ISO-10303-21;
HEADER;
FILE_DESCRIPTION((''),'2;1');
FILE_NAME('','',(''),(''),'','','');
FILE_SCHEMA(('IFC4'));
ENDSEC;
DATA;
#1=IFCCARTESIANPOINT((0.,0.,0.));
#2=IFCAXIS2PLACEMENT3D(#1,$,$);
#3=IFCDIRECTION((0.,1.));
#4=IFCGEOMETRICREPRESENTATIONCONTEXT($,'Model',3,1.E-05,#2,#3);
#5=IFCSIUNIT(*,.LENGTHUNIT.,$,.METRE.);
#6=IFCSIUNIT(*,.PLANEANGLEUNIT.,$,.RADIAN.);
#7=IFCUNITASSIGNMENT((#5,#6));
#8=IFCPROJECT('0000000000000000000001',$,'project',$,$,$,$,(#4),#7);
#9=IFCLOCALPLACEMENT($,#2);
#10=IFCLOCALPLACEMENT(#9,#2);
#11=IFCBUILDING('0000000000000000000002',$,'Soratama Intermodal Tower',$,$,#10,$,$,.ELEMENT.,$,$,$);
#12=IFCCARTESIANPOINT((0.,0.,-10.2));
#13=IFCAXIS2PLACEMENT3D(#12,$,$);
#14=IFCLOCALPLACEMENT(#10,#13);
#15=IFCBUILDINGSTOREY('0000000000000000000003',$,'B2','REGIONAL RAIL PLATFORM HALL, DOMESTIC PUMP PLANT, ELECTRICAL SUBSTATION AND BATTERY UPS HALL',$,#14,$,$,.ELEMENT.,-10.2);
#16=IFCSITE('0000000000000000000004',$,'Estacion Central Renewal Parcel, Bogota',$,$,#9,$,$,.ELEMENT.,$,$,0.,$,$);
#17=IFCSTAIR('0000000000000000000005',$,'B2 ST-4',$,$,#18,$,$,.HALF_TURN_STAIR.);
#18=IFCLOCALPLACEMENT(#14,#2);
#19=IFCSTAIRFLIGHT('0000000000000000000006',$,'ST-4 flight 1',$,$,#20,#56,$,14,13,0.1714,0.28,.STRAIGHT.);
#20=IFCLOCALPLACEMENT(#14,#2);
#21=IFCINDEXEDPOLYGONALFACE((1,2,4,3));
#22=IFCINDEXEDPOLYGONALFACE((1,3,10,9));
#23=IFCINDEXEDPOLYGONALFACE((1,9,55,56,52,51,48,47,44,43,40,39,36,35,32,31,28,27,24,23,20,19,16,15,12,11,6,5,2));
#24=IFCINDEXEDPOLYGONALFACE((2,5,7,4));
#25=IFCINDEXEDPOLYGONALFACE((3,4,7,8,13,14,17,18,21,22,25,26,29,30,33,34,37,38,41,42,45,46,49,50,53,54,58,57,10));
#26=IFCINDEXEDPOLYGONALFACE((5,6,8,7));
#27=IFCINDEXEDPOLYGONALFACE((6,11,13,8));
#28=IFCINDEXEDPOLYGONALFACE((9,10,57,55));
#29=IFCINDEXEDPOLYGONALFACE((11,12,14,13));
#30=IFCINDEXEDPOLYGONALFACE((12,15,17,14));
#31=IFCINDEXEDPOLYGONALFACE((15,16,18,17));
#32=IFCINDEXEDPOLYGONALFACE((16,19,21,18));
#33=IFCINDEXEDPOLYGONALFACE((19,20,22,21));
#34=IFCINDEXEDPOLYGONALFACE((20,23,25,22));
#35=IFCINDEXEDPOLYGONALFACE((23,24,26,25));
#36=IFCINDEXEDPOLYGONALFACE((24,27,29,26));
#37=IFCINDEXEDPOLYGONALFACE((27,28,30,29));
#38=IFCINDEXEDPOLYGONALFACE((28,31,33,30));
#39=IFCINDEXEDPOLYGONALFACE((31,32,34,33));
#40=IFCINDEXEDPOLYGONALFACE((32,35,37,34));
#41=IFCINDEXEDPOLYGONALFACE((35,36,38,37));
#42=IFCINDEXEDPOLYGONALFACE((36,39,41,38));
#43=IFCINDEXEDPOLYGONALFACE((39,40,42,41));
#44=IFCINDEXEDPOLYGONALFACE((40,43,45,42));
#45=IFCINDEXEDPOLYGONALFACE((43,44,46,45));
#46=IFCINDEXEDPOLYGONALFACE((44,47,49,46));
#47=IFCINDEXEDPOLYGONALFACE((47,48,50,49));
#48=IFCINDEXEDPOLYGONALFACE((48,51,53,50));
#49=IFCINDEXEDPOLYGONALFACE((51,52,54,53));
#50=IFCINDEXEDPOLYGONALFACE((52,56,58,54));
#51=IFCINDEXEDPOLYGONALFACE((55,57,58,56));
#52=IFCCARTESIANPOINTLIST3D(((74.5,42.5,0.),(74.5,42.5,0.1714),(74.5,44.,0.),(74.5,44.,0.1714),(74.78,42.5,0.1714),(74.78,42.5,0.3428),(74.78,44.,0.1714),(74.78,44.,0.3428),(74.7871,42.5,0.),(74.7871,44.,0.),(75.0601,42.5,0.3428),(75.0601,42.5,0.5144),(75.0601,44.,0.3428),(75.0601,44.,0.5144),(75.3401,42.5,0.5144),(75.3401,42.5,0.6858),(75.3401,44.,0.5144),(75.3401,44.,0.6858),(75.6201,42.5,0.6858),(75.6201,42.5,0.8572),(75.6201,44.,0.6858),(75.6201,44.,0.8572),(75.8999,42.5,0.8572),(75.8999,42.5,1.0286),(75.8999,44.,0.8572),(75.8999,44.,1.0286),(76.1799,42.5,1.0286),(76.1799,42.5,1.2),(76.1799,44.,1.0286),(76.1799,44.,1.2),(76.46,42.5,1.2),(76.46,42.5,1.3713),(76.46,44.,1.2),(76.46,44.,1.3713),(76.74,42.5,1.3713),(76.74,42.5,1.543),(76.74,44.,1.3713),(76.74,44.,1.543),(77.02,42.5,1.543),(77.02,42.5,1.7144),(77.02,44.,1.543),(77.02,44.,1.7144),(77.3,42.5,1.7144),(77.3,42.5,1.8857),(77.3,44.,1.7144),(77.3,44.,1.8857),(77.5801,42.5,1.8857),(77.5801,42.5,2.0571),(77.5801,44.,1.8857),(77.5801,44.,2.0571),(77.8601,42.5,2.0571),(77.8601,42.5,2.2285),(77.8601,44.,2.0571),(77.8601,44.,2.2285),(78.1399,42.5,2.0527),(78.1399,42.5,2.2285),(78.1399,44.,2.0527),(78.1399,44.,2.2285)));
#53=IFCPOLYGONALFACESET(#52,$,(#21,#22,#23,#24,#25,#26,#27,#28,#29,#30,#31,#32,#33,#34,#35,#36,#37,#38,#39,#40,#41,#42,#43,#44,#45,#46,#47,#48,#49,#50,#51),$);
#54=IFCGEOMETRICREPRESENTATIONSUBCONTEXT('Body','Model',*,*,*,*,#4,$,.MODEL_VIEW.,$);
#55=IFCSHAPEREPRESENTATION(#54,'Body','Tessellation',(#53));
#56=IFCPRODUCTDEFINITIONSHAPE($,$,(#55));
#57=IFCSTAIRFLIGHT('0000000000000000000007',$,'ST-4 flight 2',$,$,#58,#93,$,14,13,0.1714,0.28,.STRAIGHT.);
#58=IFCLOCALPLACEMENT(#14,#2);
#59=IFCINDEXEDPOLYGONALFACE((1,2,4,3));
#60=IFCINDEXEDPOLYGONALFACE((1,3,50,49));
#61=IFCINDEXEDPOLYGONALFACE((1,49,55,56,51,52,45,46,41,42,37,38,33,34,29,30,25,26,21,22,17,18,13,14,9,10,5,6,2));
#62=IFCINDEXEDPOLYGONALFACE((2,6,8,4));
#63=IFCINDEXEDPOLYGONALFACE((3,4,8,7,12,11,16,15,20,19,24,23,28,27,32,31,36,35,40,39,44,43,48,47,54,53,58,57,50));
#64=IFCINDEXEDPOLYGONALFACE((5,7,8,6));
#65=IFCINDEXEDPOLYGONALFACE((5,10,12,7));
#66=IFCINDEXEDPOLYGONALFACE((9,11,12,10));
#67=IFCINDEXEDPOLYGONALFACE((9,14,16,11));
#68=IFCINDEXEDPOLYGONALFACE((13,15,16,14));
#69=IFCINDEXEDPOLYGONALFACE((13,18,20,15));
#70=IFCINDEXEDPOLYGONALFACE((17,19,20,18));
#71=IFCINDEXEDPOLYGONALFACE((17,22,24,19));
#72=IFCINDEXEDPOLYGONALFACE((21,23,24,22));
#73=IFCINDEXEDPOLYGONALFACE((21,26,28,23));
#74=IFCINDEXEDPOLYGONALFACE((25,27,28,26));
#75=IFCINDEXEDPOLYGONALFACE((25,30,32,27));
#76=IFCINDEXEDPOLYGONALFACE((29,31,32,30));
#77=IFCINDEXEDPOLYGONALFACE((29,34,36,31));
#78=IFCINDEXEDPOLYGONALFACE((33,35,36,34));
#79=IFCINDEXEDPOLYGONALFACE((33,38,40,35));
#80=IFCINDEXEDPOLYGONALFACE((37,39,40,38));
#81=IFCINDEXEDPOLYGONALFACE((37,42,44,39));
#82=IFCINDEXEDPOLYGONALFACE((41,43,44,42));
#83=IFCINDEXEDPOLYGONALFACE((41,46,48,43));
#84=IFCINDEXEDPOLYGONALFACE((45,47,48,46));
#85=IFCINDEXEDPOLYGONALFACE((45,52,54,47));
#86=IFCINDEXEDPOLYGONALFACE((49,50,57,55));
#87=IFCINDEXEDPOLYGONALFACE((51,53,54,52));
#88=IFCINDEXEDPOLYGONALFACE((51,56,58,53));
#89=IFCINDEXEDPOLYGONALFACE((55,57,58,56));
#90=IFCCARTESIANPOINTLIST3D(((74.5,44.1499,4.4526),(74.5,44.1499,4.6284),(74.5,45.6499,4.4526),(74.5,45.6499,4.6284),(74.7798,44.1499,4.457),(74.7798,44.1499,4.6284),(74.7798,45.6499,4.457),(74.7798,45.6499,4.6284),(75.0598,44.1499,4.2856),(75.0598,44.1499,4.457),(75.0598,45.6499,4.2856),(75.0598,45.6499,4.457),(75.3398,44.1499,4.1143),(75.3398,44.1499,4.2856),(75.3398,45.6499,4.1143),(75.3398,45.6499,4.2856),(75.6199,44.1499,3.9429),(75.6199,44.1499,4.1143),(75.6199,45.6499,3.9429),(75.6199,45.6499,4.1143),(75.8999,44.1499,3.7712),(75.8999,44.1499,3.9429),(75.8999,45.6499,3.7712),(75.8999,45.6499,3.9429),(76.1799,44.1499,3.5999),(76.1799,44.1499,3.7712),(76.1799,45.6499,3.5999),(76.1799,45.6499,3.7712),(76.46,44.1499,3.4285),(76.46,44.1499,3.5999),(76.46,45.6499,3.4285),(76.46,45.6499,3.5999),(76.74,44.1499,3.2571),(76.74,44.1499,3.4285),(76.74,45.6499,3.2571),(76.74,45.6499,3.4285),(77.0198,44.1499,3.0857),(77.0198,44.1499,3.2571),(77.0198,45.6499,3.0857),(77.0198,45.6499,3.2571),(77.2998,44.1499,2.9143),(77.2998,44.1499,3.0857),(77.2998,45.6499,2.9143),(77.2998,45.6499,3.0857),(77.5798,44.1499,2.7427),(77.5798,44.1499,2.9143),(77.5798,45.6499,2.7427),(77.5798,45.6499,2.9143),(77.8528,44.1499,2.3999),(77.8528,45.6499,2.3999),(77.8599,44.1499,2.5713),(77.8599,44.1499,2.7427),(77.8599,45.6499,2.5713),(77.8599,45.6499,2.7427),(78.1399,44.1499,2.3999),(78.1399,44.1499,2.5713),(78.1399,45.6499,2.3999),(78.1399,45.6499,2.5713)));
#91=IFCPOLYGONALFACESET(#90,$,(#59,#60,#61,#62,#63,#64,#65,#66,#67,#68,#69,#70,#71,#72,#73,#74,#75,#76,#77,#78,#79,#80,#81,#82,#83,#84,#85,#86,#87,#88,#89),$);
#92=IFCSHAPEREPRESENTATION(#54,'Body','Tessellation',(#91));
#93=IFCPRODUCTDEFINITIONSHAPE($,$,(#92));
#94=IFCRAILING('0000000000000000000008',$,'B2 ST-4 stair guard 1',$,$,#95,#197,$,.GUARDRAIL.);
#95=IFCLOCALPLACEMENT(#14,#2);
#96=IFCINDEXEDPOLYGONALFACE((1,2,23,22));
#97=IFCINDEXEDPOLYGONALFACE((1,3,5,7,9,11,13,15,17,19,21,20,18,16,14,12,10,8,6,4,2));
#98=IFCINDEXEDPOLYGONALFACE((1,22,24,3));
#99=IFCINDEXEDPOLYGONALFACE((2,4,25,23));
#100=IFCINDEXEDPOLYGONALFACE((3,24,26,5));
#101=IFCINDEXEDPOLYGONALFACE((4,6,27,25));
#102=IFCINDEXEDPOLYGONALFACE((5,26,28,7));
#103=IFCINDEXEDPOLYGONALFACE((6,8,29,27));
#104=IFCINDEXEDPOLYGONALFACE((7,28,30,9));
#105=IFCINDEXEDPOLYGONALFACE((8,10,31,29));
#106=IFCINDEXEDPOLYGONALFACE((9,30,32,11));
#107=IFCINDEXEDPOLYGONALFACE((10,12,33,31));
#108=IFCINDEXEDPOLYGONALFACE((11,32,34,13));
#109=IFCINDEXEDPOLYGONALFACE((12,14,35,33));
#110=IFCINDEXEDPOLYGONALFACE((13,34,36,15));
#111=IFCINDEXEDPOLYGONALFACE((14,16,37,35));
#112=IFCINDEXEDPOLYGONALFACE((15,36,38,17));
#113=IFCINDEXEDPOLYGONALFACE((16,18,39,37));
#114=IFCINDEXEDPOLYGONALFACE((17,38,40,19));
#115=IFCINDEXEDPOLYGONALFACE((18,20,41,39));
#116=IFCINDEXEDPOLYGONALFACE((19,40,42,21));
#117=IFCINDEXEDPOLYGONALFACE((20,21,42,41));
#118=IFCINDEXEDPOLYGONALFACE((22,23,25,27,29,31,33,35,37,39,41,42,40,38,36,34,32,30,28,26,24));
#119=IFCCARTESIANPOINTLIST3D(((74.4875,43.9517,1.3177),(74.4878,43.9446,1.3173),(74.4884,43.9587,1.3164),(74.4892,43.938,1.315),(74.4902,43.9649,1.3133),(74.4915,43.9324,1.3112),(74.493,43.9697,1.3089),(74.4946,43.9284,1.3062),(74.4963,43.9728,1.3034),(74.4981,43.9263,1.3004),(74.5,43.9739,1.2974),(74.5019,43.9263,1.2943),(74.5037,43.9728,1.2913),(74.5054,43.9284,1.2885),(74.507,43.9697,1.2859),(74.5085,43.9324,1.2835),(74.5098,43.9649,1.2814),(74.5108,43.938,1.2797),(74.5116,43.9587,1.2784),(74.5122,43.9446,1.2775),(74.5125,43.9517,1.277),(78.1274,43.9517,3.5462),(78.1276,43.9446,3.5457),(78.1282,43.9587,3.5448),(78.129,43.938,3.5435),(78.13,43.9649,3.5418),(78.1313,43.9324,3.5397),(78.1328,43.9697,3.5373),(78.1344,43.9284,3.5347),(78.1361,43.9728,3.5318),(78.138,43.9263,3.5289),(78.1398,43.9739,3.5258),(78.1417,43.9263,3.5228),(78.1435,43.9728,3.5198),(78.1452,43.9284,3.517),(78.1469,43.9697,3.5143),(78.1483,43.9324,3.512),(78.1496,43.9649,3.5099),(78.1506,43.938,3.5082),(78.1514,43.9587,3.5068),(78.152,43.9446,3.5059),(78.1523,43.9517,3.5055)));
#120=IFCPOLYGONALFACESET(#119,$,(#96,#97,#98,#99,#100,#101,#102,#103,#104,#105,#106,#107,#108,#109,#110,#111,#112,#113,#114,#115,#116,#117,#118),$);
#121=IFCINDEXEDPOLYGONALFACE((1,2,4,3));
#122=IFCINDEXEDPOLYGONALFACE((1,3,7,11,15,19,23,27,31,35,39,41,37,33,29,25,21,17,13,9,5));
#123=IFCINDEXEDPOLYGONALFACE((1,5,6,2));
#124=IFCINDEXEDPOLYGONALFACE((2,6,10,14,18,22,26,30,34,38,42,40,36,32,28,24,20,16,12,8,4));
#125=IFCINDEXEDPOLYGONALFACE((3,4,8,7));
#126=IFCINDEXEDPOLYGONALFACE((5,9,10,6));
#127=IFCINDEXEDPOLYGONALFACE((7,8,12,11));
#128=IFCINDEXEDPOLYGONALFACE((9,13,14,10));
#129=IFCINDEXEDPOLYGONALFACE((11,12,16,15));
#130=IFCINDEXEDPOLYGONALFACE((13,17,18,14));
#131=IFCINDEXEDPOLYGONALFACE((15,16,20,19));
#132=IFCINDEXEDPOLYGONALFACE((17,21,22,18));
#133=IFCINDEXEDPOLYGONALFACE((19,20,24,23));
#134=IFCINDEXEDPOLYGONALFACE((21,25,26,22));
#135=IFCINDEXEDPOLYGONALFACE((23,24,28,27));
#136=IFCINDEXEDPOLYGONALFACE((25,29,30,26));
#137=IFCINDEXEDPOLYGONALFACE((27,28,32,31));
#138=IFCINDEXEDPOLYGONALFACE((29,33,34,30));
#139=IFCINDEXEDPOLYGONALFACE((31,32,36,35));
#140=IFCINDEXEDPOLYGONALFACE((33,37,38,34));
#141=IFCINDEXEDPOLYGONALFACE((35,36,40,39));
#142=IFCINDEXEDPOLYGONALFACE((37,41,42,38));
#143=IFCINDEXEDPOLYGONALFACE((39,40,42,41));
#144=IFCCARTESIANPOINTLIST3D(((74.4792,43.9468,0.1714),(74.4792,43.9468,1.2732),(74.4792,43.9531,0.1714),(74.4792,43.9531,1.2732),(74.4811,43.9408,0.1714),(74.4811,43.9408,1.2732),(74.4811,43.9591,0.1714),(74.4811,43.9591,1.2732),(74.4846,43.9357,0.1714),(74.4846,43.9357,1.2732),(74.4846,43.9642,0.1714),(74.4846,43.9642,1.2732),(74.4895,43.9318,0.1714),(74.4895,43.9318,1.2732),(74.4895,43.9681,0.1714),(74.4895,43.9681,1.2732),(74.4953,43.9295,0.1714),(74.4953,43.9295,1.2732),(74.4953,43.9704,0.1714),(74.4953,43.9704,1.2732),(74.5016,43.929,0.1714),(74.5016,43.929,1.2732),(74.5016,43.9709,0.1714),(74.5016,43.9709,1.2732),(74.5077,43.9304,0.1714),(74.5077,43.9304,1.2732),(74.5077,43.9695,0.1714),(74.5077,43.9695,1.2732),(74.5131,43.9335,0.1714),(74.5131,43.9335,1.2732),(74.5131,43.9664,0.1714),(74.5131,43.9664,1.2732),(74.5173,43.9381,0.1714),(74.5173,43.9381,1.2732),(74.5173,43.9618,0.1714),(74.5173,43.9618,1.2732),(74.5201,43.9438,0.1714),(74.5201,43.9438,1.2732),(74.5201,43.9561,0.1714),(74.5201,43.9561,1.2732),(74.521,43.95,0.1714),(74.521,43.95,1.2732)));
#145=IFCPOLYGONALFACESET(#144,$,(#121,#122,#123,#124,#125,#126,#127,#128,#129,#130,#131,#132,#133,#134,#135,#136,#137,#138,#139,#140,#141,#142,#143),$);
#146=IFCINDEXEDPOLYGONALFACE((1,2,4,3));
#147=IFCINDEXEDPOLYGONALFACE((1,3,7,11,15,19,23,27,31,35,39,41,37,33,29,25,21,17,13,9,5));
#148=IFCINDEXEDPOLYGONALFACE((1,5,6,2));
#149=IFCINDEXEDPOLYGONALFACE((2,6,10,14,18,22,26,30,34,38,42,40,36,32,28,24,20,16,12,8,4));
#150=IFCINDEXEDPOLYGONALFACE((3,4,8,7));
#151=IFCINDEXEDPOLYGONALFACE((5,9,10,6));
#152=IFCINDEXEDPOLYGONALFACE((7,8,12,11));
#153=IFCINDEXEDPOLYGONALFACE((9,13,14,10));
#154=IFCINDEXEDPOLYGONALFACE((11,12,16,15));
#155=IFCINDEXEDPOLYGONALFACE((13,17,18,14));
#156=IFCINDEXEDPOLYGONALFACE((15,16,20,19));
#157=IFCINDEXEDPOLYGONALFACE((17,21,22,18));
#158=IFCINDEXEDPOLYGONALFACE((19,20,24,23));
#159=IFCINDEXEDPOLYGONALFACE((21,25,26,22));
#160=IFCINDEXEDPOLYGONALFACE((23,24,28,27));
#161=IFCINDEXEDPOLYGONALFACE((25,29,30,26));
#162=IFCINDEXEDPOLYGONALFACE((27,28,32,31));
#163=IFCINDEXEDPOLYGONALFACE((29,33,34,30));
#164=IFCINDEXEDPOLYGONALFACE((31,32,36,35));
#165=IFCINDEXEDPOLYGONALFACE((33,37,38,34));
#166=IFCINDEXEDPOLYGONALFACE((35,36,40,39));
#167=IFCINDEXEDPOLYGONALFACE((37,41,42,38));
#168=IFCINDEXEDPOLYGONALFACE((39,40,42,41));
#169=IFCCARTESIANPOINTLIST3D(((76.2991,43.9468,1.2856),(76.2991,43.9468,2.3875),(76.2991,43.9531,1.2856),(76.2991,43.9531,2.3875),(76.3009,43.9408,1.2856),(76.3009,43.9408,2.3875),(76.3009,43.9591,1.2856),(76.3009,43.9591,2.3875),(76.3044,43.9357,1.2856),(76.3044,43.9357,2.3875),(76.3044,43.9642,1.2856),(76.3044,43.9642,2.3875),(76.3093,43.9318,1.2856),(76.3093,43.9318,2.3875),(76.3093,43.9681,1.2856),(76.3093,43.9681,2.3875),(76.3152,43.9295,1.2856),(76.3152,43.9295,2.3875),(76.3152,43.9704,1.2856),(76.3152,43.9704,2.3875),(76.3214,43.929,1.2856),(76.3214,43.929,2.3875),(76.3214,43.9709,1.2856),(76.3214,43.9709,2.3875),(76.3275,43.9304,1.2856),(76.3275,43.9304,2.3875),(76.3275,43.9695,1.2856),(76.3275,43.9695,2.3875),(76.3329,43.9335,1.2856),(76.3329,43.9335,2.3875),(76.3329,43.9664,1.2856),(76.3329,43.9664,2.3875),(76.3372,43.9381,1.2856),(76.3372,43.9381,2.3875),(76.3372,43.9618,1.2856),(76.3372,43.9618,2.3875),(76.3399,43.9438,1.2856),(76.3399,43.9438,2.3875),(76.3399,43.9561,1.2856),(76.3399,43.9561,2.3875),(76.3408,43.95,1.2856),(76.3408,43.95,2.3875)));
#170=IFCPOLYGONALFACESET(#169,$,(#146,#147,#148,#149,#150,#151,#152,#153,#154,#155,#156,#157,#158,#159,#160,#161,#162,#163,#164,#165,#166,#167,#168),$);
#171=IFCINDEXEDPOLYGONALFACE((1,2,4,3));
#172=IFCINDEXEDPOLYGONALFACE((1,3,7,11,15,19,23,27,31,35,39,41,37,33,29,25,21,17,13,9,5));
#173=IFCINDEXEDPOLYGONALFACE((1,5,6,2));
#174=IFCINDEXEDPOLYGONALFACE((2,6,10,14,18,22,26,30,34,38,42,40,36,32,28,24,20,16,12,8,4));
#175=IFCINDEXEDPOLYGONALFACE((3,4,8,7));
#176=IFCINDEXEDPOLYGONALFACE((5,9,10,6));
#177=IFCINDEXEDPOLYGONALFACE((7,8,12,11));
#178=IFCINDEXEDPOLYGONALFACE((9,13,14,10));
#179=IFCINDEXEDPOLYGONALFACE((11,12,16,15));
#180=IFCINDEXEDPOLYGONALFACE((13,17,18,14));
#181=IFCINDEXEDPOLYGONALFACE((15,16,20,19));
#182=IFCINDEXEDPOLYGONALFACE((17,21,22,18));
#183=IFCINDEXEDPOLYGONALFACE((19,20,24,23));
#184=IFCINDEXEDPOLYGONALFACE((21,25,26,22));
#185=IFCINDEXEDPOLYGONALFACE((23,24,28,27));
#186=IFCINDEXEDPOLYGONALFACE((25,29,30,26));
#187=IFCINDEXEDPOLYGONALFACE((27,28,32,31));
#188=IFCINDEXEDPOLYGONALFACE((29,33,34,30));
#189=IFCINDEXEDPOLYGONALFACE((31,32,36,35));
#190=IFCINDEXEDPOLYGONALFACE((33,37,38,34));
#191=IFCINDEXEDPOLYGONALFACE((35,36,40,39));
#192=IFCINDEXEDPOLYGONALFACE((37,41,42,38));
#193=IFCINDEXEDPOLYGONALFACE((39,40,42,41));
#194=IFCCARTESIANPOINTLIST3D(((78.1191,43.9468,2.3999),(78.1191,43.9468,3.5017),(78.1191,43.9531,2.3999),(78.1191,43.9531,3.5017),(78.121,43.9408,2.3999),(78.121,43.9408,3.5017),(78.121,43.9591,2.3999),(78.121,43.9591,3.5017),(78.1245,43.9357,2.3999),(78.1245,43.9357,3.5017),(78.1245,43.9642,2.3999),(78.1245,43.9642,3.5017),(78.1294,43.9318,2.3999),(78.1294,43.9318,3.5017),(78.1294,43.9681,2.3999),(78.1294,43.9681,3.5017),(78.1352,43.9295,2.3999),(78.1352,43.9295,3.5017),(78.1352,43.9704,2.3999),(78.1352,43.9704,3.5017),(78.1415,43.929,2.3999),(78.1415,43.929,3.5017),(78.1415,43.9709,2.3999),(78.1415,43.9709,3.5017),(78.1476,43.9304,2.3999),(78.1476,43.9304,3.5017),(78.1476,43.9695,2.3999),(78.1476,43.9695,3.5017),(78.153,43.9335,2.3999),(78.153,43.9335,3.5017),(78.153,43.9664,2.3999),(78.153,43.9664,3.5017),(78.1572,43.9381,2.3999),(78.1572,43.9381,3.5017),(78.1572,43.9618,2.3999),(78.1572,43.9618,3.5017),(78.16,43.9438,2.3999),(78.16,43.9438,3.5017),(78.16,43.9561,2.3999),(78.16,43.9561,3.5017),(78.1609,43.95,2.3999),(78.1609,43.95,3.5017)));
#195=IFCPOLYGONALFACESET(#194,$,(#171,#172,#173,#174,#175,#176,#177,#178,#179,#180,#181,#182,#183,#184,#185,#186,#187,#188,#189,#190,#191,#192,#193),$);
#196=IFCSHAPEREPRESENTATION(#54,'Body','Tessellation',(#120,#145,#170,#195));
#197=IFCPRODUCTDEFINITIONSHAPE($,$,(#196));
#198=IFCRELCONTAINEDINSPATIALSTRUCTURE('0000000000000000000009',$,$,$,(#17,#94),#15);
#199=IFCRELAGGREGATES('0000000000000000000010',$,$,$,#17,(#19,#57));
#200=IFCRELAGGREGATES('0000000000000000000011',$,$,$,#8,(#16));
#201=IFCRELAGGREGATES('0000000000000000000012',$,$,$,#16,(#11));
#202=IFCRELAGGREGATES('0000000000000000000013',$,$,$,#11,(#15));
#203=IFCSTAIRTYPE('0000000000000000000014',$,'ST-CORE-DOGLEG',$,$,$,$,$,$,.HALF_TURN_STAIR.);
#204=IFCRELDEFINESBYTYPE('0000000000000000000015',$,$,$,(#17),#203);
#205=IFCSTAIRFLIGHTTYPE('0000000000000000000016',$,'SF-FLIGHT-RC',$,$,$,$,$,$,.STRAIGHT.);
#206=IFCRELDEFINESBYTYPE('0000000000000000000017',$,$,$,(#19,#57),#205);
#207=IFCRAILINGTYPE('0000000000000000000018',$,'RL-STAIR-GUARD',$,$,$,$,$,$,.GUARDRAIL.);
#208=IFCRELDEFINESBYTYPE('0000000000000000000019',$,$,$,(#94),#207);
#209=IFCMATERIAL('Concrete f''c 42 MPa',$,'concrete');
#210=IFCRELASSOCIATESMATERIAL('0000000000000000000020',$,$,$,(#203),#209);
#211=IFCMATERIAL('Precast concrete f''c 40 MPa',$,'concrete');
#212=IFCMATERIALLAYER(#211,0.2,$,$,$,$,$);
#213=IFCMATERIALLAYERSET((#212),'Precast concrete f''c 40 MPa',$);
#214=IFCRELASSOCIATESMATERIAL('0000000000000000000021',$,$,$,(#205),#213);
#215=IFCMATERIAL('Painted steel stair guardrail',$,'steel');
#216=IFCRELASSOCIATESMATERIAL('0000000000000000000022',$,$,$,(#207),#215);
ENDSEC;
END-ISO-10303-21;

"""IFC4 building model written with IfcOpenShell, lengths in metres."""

from ifc_helpers import new_model, si_unit, direction, frame, origin, origin_2d, place, context, subcontext, project, spatial, polyline, circle, outline, extrude, material, layer, layer_set, type_object, element, aggregate, save


model = new_model("IFC4")

# Units and contexts
model_context = context("Model", 3, precision=1e-05, world=origin(), true_north=direction((0.0, 1.0)))
body_context = subcontext(model_context, "Body", "Model", "MODEL_VIEW")
ifc_project = project(units=[si_unit("LENGTHUNIT", "METRE"), si_unit("PLANEANGLEUNIT", "RADIAN")], contexts=[model_context])

# Site, building, storey
site_placement = place(None, origin())
site = spatial("IfcSite", under=ifc_project, at=site_placement, Name="Estacion Central Renewal Parcel, Bogota", CompositionType="ELEMENT", RefElevation=0.0)
building_placement = place(site_placement, origin())
building = spatial("IfcBuilding", under=site, at=building_placement, Name="Soratama Intermodal Tower", CompositionType="ELEMENT")
storey_placement = place(building_placement, frame((0.0, 0.0, -10.2)))
storey = spatial("IfcBuildingStorey", under=building, at=storey_placement, Name="B2", Description="REGIONAL RAIL PLATFORM HALL, DOMESTIC PUMP PLANT, ELECTRICAL SUBSTATION AND BATTERY UPS HALL", CompositionType="ELEMENT", Elevation=-10.2)

# Stair, stair flights
ifc_material_1 = material(Name="Concrete f'c 42 MPa", Category="concrete")
stair_type = type_object("IfcStairType", Name="ST-CORE-DOGLEG", PredefinedType="HALF_TURN_STAIR", material=ifc_material_1)
stair_placement = place(storey_placement, origin())
stair = element("IfcStair", 1, at=stair_placement, inside=storey, type_object=stair_type, Name="B2 ST-4", PredefinedType="HALF_TURN_STAIR")
ifc_material_2 = material(Name="Precast concrete f'c 40 MPa", Category="concrete")
ifc_layer_1 = layer(ifc_material_2, 0.2)
ifc_layer_set_1 = layer_set([ifc_layer_1], Name="Precast concrete f'c 40 MPa")
stair_flight_type = type_object("IfcStairFlightType", Name="SF-FLIGHT-RC", PredefinedType="STRAIGHT", material=ifc_layer_set_1)
stair_flight_1_placement = place(storey_placement, frame((74.5, 43.25, 0.0), z_axis=(0.0, 0.0, 1.0), x_axis=(1.0, 0.0, 0.0)))
stair_flight_1 = element("IfcStairFlight", 2, at=stair_flight_1_placement, type_object=stair_flight_type, Name="ST-4 flight 1", NumberOfRisers=14, NumberOfTreads=13, PredefinedType="STRAIGHT", RiserHeight=0.1714, TreadLength=0.28, context=body_context, shape_type="SweptSolid", body=[
    extrude(outline(polyline([(0.0, 0.0), (0.0, 0.1714), (0.28, 0.1714), (0.28, 0.3428), (0.5601, 0.3428), (0.5601, 0.5144), (0.8401, 0.5144), (0.8401, 0.6858), (1.1201, 0.6858), (1.1201, 0.8572), (1.3999, 0.8572), (1.3999, 1.0286), (1.6799, 1.0286), (1.6799, 1.2), (1.96, 1.2), (1.96, 1.3713), (2.24, 1.3713), (2.24, 1.543), (2.52, 1.543), (2.52, 1.7144), (2.8, 1.7144), (2.8, 1.8857), (3.0801, 1.8857), (3.0801, 2.0571), (3.3601, 2.0571), (3.3601, 2.2285), (3.6399, 2.2285), (3.6399, 2.3999), (3.6399, 2.0527), (0.2871, 0.0), (0.0, 0.0)])), frame((0.0, 0.75, 0.0), z_axis=(0.0, -1.0, 0.0), x_axis=(1.0, 0.0, 0.0)), (0.0, 0.0, 1.0), 1.5),
])
stair_flight_2_placement = place(storey_placement, frame((78.1399, 44.8999, 2.3999), z_axis=(0.0, 0.0, 1.0), x_axis=(-1.0, 0.0, 0.0)))
stair_flight_2 = element("IfcStairFlight", 3, at=stair_flight_2_placement, type_object=stair_flight_type, Name="ST-4 flight 2", NumberOfRisers=14, NumberOfTreads=13, PredefinedType="STRAIGHT", RiserHeight=0.1714, TreadLength=0.28, context=body_context, shape_type="SweptSolid", body=[
    extrude(outline(polyline([(0.0, 0.0), (0.0, 0.1714), (0.28, 0.1714), (0.28, 0.3428), (0.5601, 0.3428), (0.5601, 0.5144), (0.8401, 0.5144), (0.8401, 0.6858), (1.1201, 0.6858), (1.1201, 0.8572), (1.3999, 0.8572), (1.3999, 1.0286), (1.6799, 1.0286), (1.6799, 1.2), (1.96, 1.2), (1.96, 1.3713), (2.24, 1.3713), (2.24, 1.543), (2.52, 1.543), (2.52, 1.7144), (2.8, 1.7144), (2.8, 1.8857), (3.0801, 1.8857), (3.0801, 2.0571), (3.3601, 2.0571), (3.3601, 2.2285), (3.6399, 2.2285), (3.6399, 2.3999), (3.6399, 2.0527), (0.2871, 0.0), (0.0, 0.0)])), frame((0.0, 0.75, 0.0), z_axis=(0.0, -1.0, 0.0), x_axis=(1.0, 0.0, 0.0)), (0.0, 0.0, 1.0), 1.5),
])
aggregate(stair, [stair_flight_1, stair_flight_2])

# Railing
ifc_material_3 = material(Name="Painted steel stair guardrail", Category="steel")
railing_type_1 = type_object("IfcRailingType", Name="RL-STAIR-GUARD", PredefinedType="GUARDRAIL", material=ifc_material_3)
railing_1_placement = place(storey_placement, frame((74.5, 43.95, 0.1714)))
element("IfcRailing", 4, at=railing_1_placement, inside=storey, type_object=railing_type_1, Name="B2 ST-4 stair guard 1", PredefinedType="GUARDRAIL", context=body_context, shape_type="SweptSolid", body=[
    extrude(circle(Radius=0.0239, at=origin_2d()), frame((0.0, 0.0, 1.126), z_axis=(0.85285, 0.0, 0.522156), x_axis=(0.0, 1.0, 0.0)), (0.0, 0.0, 1.0), 4.2678),
    extrude(circle(Radius=0.021, at=origin_2d()), origin(), (0.0, 0.0, 1.0), 1.1018),
    extrude(circle(Radius=0.021, at=origin_2d()), frame((1.8198, 0.0, 1.1143)), (0.0, 0.0, 1.0), 1.1018),
    extrude(circle(Radius=0.021, at=origin_2d()), frame((3.6399, 0.0, 2.2285)), (0.0, 0.0, 1.0), 1.1018),
])

save(model, "model.ifc")
